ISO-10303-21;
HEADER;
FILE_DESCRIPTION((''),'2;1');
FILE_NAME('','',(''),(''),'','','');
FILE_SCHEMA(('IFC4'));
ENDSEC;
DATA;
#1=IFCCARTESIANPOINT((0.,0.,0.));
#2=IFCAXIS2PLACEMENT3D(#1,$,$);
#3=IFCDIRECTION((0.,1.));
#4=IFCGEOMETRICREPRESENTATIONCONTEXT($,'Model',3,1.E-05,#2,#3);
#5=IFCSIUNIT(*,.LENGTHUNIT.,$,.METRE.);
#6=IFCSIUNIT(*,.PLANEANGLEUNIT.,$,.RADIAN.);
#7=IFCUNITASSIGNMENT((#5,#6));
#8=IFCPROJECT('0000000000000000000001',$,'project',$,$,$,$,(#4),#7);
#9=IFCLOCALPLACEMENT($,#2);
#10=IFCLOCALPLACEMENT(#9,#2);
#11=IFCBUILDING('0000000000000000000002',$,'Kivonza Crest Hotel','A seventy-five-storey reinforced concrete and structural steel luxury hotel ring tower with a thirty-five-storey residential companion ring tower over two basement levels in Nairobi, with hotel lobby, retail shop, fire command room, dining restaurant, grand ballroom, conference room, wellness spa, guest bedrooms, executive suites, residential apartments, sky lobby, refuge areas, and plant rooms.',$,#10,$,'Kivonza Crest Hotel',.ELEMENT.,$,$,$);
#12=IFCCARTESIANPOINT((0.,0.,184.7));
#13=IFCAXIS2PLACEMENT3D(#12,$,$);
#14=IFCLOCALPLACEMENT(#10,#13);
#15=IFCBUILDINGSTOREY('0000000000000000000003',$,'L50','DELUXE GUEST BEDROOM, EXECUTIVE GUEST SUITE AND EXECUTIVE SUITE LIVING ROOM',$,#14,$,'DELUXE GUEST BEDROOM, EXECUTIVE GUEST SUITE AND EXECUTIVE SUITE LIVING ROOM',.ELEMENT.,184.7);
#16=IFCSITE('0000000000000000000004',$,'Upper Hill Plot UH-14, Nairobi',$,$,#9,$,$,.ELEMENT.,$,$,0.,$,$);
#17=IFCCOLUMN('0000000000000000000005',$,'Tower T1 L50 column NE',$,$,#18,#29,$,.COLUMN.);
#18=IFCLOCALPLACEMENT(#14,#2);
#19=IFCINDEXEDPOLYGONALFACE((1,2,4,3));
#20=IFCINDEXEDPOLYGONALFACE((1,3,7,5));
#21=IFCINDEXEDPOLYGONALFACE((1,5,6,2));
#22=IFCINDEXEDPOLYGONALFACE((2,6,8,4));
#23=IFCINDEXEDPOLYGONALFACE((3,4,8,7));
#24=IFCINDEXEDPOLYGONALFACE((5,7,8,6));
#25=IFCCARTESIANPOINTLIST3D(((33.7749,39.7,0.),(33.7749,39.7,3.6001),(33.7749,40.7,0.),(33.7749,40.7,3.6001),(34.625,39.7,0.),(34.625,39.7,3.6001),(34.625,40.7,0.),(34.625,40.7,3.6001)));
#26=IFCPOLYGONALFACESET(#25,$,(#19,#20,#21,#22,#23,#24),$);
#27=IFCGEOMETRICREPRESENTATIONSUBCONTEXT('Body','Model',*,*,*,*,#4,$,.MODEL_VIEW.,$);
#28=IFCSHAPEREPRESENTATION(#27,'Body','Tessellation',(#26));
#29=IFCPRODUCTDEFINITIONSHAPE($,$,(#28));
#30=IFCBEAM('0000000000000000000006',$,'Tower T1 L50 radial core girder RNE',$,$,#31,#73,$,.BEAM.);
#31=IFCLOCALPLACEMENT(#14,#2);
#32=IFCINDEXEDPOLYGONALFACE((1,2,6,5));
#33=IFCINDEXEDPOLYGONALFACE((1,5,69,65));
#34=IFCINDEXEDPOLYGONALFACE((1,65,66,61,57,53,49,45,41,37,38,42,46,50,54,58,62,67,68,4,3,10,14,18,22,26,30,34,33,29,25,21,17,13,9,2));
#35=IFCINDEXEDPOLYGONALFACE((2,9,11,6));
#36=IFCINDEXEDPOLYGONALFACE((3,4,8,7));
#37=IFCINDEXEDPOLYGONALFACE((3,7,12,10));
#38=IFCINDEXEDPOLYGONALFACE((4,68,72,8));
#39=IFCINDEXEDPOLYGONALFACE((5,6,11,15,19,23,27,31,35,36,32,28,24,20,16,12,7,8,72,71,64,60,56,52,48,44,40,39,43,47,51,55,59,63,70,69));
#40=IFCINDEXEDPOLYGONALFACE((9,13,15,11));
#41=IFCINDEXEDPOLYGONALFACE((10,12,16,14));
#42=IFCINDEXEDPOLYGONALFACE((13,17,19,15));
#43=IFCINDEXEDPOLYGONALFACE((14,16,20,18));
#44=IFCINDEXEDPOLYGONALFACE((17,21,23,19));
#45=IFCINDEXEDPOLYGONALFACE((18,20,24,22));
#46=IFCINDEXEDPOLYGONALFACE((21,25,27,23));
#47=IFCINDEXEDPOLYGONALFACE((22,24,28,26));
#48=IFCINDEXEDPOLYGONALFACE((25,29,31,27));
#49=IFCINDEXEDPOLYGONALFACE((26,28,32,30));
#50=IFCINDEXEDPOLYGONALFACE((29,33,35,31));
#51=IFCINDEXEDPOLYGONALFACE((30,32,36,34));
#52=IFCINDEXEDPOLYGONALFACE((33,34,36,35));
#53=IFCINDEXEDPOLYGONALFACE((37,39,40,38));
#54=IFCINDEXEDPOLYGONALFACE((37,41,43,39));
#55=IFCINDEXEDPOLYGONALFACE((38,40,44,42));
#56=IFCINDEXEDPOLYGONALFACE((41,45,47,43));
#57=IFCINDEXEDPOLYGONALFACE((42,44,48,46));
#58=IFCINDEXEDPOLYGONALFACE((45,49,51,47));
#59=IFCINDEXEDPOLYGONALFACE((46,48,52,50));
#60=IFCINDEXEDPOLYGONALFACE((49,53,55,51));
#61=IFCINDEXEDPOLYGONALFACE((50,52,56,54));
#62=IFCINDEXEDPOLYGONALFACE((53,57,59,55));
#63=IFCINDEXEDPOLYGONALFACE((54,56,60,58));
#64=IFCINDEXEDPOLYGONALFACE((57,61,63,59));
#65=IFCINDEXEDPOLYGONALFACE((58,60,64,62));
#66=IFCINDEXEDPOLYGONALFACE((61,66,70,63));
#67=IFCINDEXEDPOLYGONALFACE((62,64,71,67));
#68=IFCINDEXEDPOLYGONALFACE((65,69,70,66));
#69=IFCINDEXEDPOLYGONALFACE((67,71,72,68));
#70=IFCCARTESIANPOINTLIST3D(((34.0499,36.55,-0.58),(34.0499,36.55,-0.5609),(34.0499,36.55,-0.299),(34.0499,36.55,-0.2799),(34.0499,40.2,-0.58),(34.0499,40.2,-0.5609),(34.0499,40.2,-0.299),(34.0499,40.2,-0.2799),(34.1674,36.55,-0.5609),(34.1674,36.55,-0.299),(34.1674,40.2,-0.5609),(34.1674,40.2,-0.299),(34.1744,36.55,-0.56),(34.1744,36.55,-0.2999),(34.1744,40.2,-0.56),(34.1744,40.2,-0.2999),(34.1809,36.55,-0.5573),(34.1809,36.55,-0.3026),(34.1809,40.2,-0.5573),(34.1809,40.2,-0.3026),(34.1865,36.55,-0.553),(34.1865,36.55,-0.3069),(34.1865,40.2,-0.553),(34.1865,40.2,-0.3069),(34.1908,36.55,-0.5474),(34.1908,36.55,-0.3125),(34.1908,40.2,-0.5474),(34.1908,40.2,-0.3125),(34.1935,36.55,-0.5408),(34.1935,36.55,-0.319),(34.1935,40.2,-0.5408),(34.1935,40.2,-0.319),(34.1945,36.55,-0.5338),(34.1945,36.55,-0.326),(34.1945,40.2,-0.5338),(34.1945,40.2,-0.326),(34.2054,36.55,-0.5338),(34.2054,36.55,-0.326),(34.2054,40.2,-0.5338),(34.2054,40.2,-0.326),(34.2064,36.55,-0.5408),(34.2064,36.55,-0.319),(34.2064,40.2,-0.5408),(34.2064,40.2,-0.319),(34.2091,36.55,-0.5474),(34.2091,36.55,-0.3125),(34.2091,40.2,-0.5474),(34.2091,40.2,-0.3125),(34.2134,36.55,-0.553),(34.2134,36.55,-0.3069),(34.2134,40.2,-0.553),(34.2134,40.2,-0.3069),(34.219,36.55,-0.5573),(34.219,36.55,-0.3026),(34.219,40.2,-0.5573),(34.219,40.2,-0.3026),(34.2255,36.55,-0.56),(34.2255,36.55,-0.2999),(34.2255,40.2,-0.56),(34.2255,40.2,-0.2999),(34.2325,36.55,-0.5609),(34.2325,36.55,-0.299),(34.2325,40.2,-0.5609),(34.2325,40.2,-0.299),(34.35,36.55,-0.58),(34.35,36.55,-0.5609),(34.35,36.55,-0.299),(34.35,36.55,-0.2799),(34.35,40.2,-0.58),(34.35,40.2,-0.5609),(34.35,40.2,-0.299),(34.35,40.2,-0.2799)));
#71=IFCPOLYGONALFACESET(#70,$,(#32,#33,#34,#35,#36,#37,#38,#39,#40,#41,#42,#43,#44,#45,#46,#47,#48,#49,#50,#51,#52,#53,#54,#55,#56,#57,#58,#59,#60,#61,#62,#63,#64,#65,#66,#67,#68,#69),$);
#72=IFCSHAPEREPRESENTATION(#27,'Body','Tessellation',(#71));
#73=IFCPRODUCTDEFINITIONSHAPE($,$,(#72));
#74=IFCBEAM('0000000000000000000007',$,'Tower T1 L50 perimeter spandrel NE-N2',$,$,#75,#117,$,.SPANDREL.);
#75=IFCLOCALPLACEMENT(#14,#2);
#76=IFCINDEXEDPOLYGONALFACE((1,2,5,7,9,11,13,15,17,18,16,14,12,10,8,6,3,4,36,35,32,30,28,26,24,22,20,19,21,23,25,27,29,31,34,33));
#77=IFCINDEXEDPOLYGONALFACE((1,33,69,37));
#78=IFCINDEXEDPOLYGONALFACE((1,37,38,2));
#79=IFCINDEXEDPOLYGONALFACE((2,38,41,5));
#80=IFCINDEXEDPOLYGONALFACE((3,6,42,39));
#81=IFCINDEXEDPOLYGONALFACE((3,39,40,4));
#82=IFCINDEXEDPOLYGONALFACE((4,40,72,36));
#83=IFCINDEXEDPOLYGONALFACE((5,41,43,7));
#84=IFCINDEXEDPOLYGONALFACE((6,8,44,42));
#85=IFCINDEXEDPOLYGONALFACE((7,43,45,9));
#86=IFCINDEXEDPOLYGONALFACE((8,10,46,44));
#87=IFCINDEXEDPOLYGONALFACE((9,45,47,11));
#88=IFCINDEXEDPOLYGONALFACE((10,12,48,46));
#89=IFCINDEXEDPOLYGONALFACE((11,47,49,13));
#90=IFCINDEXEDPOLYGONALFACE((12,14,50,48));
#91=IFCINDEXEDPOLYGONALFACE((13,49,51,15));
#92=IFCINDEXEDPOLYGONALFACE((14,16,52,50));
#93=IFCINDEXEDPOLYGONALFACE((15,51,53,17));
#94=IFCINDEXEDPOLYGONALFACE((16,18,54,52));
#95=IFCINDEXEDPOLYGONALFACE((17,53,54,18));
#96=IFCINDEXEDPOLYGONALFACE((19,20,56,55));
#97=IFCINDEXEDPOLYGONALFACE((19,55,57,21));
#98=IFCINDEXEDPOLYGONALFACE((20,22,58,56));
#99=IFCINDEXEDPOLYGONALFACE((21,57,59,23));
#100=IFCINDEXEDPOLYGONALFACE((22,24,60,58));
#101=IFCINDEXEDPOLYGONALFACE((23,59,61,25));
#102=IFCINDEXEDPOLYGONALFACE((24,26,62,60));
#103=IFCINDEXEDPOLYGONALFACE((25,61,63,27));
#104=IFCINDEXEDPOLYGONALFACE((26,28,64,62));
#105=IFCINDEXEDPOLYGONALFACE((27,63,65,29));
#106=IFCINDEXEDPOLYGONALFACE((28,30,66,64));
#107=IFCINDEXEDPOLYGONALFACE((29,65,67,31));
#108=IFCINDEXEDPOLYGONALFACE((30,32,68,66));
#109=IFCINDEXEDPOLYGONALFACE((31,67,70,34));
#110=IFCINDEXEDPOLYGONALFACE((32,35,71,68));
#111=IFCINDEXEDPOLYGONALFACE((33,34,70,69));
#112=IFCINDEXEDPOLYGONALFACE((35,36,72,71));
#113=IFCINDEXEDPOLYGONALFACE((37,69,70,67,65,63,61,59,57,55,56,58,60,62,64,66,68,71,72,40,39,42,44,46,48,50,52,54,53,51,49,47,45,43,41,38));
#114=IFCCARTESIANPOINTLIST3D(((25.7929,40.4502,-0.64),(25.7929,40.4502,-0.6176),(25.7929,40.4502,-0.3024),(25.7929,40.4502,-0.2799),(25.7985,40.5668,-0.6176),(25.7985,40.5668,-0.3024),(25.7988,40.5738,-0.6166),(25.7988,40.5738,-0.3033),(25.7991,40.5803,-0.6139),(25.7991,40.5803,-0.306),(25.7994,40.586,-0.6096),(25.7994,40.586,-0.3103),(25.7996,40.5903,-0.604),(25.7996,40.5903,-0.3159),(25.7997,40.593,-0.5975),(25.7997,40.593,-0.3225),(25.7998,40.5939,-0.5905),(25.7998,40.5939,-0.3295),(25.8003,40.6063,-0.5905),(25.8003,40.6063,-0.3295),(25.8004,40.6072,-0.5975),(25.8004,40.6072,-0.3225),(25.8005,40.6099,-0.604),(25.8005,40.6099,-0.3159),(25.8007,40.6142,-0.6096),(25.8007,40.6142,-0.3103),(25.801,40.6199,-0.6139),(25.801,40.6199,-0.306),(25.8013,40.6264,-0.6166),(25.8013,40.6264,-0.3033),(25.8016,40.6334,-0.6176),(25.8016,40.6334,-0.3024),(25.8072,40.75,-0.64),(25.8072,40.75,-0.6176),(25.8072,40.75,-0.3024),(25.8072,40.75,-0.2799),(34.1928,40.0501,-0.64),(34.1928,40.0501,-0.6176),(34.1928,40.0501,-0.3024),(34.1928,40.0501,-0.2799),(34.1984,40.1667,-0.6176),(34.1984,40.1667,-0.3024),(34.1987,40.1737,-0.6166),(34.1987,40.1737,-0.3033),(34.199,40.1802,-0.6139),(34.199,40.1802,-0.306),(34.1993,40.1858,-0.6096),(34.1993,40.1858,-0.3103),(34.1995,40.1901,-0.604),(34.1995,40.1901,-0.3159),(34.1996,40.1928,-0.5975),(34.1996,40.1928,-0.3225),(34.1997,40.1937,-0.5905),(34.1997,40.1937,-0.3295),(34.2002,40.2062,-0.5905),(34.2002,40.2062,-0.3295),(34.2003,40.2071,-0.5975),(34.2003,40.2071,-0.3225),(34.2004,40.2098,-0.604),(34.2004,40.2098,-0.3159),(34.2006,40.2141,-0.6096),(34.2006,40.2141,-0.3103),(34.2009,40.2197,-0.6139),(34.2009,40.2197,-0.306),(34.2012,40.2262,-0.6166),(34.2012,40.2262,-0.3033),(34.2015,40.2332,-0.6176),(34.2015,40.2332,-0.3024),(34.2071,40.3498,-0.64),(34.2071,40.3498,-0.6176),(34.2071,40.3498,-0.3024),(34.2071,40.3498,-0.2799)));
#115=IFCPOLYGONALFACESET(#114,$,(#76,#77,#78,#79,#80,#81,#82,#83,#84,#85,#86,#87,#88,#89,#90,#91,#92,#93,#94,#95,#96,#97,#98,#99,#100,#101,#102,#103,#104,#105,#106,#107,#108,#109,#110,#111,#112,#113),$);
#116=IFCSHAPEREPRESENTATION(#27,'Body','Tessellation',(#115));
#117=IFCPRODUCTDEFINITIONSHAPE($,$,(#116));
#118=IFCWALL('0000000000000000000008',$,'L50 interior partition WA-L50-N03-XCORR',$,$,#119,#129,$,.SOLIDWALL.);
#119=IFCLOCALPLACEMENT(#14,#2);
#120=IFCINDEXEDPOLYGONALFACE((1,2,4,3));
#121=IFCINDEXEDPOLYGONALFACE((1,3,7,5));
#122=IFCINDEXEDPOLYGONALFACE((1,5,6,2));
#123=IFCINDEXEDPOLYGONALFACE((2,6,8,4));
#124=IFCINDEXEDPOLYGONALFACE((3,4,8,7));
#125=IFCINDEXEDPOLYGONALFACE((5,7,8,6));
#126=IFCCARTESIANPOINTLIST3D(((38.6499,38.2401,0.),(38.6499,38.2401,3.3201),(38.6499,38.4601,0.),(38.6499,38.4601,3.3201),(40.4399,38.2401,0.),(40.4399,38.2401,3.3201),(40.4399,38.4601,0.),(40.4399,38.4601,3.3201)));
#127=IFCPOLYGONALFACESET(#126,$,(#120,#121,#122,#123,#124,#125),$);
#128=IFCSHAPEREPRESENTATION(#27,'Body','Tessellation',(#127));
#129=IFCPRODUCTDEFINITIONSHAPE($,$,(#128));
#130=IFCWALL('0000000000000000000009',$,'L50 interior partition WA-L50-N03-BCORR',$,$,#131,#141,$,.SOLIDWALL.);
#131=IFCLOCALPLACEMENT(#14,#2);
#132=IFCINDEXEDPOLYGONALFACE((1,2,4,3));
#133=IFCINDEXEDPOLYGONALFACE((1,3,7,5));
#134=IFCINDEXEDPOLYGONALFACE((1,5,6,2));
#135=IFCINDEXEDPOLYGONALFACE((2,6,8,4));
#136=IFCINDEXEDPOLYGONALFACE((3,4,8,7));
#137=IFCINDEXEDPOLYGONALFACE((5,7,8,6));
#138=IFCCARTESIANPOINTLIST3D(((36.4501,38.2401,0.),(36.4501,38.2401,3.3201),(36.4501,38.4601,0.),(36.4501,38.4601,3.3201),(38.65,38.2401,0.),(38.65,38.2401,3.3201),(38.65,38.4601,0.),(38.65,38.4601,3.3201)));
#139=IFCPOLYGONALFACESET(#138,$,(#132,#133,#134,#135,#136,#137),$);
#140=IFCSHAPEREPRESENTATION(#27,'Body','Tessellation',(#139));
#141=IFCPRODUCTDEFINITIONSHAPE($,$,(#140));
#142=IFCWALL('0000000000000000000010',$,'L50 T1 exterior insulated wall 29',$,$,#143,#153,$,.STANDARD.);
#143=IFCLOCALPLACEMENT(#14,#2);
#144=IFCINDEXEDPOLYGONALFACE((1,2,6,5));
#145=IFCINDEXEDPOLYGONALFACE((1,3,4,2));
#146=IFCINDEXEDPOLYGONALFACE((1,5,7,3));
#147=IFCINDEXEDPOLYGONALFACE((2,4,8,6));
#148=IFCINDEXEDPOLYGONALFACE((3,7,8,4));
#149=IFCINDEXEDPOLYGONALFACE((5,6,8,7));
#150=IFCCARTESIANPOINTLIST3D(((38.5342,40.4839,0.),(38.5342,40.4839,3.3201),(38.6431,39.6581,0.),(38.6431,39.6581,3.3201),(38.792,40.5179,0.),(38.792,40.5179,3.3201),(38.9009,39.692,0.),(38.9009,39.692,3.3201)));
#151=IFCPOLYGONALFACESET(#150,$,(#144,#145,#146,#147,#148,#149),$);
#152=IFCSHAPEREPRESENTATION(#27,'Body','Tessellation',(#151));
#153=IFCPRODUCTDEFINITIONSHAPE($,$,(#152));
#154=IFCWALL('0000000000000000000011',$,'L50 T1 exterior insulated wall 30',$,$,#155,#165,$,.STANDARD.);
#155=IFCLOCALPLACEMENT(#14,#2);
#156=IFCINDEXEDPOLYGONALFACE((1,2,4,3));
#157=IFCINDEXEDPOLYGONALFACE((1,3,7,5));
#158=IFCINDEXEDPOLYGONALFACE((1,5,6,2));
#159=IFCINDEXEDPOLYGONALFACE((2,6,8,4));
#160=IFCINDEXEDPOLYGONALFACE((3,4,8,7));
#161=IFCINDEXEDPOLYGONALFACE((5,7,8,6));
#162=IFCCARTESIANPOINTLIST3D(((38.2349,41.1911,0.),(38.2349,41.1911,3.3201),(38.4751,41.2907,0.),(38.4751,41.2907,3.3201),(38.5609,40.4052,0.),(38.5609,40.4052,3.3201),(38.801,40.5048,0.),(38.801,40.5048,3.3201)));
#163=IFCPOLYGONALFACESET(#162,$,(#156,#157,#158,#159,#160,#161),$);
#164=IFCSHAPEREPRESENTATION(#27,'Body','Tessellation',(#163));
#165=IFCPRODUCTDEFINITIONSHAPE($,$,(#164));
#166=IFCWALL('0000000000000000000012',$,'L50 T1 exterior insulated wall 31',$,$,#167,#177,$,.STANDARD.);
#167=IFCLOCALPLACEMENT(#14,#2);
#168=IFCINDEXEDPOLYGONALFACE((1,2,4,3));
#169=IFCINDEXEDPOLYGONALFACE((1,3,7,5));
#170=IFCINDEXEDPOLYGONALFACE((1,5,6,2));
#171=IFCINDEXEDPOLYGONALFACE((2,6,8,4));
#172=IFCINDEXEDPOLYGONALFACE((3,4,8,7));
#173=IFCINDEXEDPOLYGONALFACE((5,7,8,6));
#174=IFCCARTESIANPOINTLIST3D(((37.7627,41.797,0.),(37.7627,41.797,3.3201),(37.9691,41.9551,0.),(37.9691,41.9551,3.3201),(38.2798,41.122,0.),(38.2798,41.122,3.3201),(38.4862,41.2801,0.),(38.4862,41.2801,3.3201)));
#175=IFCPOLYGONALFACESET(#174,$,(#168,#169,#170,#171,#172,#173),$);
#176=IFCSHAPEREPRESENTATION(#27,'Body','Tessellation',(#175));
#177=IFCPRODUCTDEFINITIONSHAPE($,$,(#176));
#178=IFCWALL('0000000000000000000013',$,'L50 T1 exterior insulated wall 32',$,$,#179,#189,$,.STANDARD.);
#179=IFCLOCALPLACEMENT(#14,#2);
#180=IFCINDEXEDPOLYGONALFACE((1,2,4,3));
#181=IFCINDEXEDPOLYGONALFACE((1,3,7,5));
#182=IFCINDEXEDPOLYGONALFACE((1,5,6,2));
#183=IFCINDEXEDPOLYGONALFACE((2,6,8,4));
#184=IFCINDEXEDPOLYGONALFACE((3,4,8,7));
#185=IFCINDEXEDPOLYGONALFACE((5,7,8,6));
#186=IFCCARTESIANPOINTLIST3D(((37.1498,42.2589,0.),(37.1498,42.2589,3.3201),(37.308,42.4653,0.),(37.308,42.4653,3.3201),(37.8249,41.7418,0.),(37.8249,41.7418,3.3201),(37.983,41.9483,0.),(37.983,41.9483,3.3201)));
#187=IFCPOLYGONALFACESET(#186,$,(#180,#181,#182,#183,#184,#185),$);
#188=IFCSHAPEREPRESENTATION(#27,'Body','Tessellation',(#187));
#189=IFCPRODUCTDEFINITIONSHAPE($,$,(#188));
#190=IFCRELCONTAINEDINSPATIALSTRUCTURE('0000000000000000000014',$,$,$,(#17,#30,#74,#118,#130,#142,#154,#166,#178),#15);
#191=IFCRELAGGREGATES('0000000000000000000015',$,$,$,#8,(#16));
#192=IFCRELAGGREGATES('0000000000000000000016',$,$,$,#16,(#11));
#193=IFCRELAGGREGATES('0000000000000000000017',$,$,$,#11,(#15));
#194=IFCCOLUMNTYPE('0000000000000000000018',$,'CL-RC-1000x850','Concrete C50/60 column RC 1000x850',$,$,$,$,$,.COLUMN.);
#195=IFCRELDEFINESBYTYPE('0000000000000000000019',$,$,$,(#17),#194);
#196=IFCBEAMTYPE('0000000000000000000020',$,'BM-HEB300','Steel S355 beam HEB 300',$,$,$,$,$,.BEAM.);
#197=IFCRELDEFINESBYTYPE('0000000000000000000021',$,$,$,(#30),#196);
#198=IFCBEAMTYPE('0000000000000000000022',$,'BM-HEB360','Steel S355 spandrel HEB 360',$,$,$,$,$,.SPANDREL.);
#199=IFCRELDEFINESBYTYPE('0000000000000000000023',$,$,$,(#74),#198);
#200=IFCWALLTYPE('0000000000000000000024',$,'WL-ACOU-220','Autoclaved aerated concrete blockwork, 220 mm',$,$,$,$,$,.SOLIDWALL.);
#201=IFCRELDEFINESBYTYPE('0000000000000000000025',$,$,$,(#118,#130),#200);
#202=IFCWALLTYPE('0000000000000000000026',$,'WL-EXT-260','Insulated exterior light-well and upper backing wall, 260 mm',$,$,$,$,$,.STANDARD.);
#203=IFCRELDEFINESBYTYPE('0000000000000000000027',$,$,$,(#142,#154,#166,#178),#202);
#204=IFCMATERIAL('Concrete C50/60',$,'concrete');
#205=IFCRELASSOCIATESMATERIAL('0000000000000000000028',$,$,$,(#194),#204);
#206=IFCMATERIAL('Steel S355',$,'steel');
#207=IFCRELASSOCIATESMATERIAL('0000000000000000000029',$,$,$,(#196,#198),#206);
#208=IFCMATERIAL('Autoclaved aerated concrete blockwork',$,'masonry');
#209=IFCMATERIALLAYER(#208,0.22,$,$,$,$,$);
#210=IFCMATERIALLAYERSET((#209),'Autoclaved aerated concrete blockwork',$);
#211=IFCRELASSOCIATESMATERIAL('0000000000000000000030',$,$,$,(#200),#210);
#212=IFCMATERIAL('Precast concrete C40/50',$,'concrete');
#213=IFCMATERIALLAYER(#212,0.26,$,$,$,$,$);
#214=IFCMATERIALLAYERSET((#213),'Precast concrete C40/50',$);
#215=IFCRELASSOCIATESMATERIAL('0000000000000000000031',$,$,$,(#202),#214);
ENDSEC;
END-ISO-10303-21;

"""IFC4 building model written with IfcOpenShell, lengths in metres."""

from ifc_helpers import new_model, si_unit, direction, frame, frame_2d, origin, origin_2d, place, context, subcontext, project, spatial, rectangle, i_section, extrude, material, layer, layer_set, material_profile, profile_set, type_object, element, save


model = new_model("IFC4")

# Units and contexts
model_context = context("Model", 3, precision=1e-05, world=origin(), true_north=direction((0.0, 1.0)))
body_context = subcontext(model_context, "Body", "Model", "MODEL_VIEW")
ifc_project = project(units=[si_unit("LENGTHUNIT", "METRE"), si_unit("PLANEANGLEUNIT", "RADIAN")], contexts=[model_context])

# Site, building, storey
site_placement = place(None, origin())
site = spatial("IfcSite", under=ifc_project, at=site_placement, Name="Upper Hill Plot UH-14, Nairobi", CompositionType="ELEMENT", RefElevation=0.0)
building_placement = place(site_placement, origin())
building = spatial("IfcBuilding", under=site, at=building_placement, Name="Kivonza Crest Hotel", Description="A seventy-five-storey reinforced concrete and structural steel luxury hotel ring tower with a thirty-five-storey residential companion ring tower over two basement levels in Nairobi, with hotel lobby, retail shop, fire command room, dining restaurant, grand ballroom, conference room, wellness spa, guest bedrooms, executive suites, residential apartments, sky lobby, refuge areas, and plant rooms.", LongName="Kivonza Crest Hotel", CompositionType="ELEMENT")
storey_placement = place(building_placement, frame((0.0, 0.0, 184.7)))
storey = spatial("IfcBuildingStorey", under=building, at=storey_placement, Name="L50", Description="DELUXE GUEST BEDROOM, EXECUTIVE GUEST SUITE AND EXECUTIVE SUITE LIVING ROOM", LongName="DELUXE GUEST BEDROOM, EXECUTIVE GUEST SUITE AND EXECUTIVE SUITE LIVING ROOM", CompositionType="ELEMENT", Elevation=184.7)

# Column
ifc_material_1 = material(Name="Concrete C50/60", Category="concrete")
ifc_material_profile_1 = material_profile(ifc_material_1, rectangle(XDim=0.8501, YDim=1.0, at=origin_2d()), Name="RC 1000x850")
ifc_profile_set_1 = profile_set([ifc_material_profile_1], Name="Concrete C50/60")
column_type = type_object("IfcColumnType", Name="CL-RC-1000x850", Description="Concrete C50/60 column RC 1000x850", PredefinedType="COLUMN", material=ifc_profile_set_1)
column_placement = place(storey_placement, frame((34.2, 40.2, 0.0), z_axis=(0.0, 0.0, 1.0), x_axis=(1.0, 0.0, 0.0)))
element("IfcColumn", 1, at=column_placement, inside=storey, type_object=column_type, Name="Tower T1 L50 column NE", PredefinedType="COLUMN", context=body_context, shape_type="SweptSolid", body=[
    extrude(rectangle(XDim=0.8501, YDim=1.0, at=origin_2d()), origin(), (0.0, 0.0, 1.0), 3.6001),
])

# Beams
ifc_material_2 = material(Name="Steel S355", Category="steel")
ifc_material_profile_2 = material_profile(ifc_material_2, i_section(OverallWidth=0.3, OverallDepth=0.3, WebThickness=0.011, FlangeThickness=0.019, FilletRadius=0.0271, at=origin_2d()), Name="HEB 300")
ifc_profile_set_2 = profile_set([ifc_material_profile_2], Name="Steel S355")
beam_type_1 = type_object("IfcBeamType", Name="BM-HEB300", Description="Steel S355 beam HEB 300", PredefinedType="BEAM", material=ifc_profile_set_2)
beam_1_placement = place(storey_placement, frame((34.2, 40.2, -0.4299), z_axis=(0.0, -1.0, 0.0), x_axis=(1.0, 0.0, 0.0)))
element("IfcBeam", 2, at=beam_1_placement, inside=storey, type_object=beam_type_1, Name="Tower T1 L50 radial core girder RNE", PredefinedType="BEAM", context=body_context, shape_type="SweptSolid", body=[
    extrude(i_section(OverallWidth=0.3, OverallDepth=0.3, WebThickness=0.011, FlangeThickness=0.019, FilletRadius=0.0271, at=origin_2d()), origin(), (0.0, 0.0, 1.0), 3.6499),
])
ifc_material_profile_3 = material_profile(ifc_material_2, i_section(OverallWidth=0.3, OverallDepth=0.3601, WebThickness=0.0125, FlangeThickness=0.0225, FilletRadius=0.0271, at=origin_2d()), Name="HEB 360")
ifc_profile_set_3 = profile_set([ifc_material_profile_3], Name="Steel S355")
beam_type_2 = type_object("IfcBeamType", Name="BM-HEB360", Description="Steel S355 spandrel HEB 360", PredefinedType="SPANDREL", material=ifc_profile_set_3)
beam_2_placement = place(storey_placement, frame((34.2, 40.2, -0.46), z_axis=(-0.998867, 0.047583, 0.0), x_axis=(-0.047583, -0.998867, 0.0)))
element("IfcBeam", 3, at=beam_2_placement, inside=storey, type_object=beam_type_2, Name="Tower T1 L50 perimeter spandrel NE-N2", PredefinedType="SPANDREL", context=body_context, shape_type="SweptSolid", body=[
    extrude(i_section(OverallWidth=0.3, OverallDepth=0.3601, WebThickness=0.0125, FlangeThickness=0.0225, FilletRadius=0.0271, at=origin_2d()), origin(), (0.0, 0.0, 1.0), 8.4094),
])

# Walls
ifc_material_3 = material(Name="Autoclaved aerated concrete blockwork", Category="masonry")
ifc_layer_1 = layer(ifc_material_3, 0.22)
ifc_layer_set_1 = layer_set([ifc_layer_1], Name="Autoclaved aerated concrete blockwork")
wall_type_1 = type_object("IfcWallType", Name="WL-ACOU-220", Description="Autoclaved aerated concrete blockwork, 220 mm", PredefinedType="SOLIDWALL", material=ifc_layer_set_1)
wall_1_placement = place(storey_placement, frame((38.6499, 38.3501, 0.0), z_axis=(0.0, 0.0, 1.0), x_axis=(1.0, 0.0, 0.0)))
element("IfcWall", 4, at=wall_1_placement, inside=storey, type_object=wall_type_1, Name="L50 interior partition WA-L50-N03-XCORR", PredefinedType="SOLIDWALL", context=body_context, shape_type="SweptSolid", body=[
    extrude(rectangle(XDim=1.79, YDim=0.22, at=frame_2d((0.895, 0.0))), origin(), (0.0, 0.0, 1.0), 3.3201),
])
wall_2_placement = place(storey_placement, frame((36.45, 38.3501, 0.0), z_axis=(0.0, 0.0, 1.0), x_axis=(1.0, 0.0, 0.0)))
element("IfcWall", 5, at=wall_2_placement, inside=storey, type_object=wall_type_1, Name="L50 interior partition WA-L50-N03-BCORR", PredefinedType="SOLIDWALL", context=body_context, shape_type="SweptSolid", body=[
    extrude(rectangle(XDim=2.2, YDim=0.22, at=frame_2d((1.1001, 0.0))), origin(), (0.0, 0.0, 1.0), 3.3201),
])
ifc_material_4 = material(Name="Precast concrete C40/50", Category="concrete")
ifc_layer_2 = layer(ifc_material_4, 0.26)
ifc_layer_set_2 = layer_set([ifc_layer_2], Name="Precast concrete C40/50")
wall_type_2 = type_object("IfcWallType", Name="WL-EXT-260", Description="Insulated exterior light-well and upper backing wall, 260 mm", PredefinedType="STANDARD", material=ifc_layer_set_2)
wall_3_placement = place(storey_placement, frame((38.772, 39.675, 0.0), z_axis=(0.0, 0.0, 1.0), x_axis=(-0.130705, 0.991421, 0.0)))
element("IfcWall", 6, at=wall_3_placement, inside=storey, type_object=wall_type_2, Name="L50 T1 exterior insulated wall 29", PredefinedType="STANDARD", context=body_context, shape_type="SweptSolid", body=[
    extrude(rectangle(XDim=0.833, YDim=0.26, at=frame_2d((0.4165, 0.0))), origin(), (0.0, 0.0, 1.0), 3.3201),
])
wall_4_placement = place(storey_placement, frame((38.6809, 40.4551, 0.0), z_axis=(0.0, 0.0, 1.0), x_axis=(-0.383087, 0.923712, 0.0)))
element("IfcWall", 7, at=wall_4_placement, inside=storey, type_object=wall_type_2, Name="L50 T1 exterior insulated wall 30", PredefinedType="STANDARD", context=body_context, shape_type="SweptSolid", body=[
    extrude(rectangle(XDim=0.8508, YDim=0.26, at=frame_2d((0.4253, 0.0))), origin(), (0.0, 0.0, 1.0), 3.3201),
])
for number, where, z_axis, x_axis, name in (
    (8, (38.3831, 41.2009, 0.0), (0.0, 0.0, 1.0), (-0.6081, 0.79386, 0.0), "L50 T1 exterior insulated wall 31"),
    (9, (37.9041, 41.845, 0.0), (0.0, 0.0, 1.0), (-0.79386, 0.6081, 0.0), "L50 T1 exterior insulated wall 32"),
):
    element("IfcWall", number, at=place(storey_placement, frame(where, z_axis=z_axis, x_axis=x_axis)), inside=storey, type_object=wall_type_2, Name=name, PredefinedType="STANDARD", context=body_context, shape_type="SweptSolid", body=[
        extrude(rectangle(XDim=0.8503, YDim=0.26, at=frame_2d((0.4253, 0.0))), origin(), (0.0, 0.0, 1.0), 3.3201),
    ])

save(model, "model.ifc")
